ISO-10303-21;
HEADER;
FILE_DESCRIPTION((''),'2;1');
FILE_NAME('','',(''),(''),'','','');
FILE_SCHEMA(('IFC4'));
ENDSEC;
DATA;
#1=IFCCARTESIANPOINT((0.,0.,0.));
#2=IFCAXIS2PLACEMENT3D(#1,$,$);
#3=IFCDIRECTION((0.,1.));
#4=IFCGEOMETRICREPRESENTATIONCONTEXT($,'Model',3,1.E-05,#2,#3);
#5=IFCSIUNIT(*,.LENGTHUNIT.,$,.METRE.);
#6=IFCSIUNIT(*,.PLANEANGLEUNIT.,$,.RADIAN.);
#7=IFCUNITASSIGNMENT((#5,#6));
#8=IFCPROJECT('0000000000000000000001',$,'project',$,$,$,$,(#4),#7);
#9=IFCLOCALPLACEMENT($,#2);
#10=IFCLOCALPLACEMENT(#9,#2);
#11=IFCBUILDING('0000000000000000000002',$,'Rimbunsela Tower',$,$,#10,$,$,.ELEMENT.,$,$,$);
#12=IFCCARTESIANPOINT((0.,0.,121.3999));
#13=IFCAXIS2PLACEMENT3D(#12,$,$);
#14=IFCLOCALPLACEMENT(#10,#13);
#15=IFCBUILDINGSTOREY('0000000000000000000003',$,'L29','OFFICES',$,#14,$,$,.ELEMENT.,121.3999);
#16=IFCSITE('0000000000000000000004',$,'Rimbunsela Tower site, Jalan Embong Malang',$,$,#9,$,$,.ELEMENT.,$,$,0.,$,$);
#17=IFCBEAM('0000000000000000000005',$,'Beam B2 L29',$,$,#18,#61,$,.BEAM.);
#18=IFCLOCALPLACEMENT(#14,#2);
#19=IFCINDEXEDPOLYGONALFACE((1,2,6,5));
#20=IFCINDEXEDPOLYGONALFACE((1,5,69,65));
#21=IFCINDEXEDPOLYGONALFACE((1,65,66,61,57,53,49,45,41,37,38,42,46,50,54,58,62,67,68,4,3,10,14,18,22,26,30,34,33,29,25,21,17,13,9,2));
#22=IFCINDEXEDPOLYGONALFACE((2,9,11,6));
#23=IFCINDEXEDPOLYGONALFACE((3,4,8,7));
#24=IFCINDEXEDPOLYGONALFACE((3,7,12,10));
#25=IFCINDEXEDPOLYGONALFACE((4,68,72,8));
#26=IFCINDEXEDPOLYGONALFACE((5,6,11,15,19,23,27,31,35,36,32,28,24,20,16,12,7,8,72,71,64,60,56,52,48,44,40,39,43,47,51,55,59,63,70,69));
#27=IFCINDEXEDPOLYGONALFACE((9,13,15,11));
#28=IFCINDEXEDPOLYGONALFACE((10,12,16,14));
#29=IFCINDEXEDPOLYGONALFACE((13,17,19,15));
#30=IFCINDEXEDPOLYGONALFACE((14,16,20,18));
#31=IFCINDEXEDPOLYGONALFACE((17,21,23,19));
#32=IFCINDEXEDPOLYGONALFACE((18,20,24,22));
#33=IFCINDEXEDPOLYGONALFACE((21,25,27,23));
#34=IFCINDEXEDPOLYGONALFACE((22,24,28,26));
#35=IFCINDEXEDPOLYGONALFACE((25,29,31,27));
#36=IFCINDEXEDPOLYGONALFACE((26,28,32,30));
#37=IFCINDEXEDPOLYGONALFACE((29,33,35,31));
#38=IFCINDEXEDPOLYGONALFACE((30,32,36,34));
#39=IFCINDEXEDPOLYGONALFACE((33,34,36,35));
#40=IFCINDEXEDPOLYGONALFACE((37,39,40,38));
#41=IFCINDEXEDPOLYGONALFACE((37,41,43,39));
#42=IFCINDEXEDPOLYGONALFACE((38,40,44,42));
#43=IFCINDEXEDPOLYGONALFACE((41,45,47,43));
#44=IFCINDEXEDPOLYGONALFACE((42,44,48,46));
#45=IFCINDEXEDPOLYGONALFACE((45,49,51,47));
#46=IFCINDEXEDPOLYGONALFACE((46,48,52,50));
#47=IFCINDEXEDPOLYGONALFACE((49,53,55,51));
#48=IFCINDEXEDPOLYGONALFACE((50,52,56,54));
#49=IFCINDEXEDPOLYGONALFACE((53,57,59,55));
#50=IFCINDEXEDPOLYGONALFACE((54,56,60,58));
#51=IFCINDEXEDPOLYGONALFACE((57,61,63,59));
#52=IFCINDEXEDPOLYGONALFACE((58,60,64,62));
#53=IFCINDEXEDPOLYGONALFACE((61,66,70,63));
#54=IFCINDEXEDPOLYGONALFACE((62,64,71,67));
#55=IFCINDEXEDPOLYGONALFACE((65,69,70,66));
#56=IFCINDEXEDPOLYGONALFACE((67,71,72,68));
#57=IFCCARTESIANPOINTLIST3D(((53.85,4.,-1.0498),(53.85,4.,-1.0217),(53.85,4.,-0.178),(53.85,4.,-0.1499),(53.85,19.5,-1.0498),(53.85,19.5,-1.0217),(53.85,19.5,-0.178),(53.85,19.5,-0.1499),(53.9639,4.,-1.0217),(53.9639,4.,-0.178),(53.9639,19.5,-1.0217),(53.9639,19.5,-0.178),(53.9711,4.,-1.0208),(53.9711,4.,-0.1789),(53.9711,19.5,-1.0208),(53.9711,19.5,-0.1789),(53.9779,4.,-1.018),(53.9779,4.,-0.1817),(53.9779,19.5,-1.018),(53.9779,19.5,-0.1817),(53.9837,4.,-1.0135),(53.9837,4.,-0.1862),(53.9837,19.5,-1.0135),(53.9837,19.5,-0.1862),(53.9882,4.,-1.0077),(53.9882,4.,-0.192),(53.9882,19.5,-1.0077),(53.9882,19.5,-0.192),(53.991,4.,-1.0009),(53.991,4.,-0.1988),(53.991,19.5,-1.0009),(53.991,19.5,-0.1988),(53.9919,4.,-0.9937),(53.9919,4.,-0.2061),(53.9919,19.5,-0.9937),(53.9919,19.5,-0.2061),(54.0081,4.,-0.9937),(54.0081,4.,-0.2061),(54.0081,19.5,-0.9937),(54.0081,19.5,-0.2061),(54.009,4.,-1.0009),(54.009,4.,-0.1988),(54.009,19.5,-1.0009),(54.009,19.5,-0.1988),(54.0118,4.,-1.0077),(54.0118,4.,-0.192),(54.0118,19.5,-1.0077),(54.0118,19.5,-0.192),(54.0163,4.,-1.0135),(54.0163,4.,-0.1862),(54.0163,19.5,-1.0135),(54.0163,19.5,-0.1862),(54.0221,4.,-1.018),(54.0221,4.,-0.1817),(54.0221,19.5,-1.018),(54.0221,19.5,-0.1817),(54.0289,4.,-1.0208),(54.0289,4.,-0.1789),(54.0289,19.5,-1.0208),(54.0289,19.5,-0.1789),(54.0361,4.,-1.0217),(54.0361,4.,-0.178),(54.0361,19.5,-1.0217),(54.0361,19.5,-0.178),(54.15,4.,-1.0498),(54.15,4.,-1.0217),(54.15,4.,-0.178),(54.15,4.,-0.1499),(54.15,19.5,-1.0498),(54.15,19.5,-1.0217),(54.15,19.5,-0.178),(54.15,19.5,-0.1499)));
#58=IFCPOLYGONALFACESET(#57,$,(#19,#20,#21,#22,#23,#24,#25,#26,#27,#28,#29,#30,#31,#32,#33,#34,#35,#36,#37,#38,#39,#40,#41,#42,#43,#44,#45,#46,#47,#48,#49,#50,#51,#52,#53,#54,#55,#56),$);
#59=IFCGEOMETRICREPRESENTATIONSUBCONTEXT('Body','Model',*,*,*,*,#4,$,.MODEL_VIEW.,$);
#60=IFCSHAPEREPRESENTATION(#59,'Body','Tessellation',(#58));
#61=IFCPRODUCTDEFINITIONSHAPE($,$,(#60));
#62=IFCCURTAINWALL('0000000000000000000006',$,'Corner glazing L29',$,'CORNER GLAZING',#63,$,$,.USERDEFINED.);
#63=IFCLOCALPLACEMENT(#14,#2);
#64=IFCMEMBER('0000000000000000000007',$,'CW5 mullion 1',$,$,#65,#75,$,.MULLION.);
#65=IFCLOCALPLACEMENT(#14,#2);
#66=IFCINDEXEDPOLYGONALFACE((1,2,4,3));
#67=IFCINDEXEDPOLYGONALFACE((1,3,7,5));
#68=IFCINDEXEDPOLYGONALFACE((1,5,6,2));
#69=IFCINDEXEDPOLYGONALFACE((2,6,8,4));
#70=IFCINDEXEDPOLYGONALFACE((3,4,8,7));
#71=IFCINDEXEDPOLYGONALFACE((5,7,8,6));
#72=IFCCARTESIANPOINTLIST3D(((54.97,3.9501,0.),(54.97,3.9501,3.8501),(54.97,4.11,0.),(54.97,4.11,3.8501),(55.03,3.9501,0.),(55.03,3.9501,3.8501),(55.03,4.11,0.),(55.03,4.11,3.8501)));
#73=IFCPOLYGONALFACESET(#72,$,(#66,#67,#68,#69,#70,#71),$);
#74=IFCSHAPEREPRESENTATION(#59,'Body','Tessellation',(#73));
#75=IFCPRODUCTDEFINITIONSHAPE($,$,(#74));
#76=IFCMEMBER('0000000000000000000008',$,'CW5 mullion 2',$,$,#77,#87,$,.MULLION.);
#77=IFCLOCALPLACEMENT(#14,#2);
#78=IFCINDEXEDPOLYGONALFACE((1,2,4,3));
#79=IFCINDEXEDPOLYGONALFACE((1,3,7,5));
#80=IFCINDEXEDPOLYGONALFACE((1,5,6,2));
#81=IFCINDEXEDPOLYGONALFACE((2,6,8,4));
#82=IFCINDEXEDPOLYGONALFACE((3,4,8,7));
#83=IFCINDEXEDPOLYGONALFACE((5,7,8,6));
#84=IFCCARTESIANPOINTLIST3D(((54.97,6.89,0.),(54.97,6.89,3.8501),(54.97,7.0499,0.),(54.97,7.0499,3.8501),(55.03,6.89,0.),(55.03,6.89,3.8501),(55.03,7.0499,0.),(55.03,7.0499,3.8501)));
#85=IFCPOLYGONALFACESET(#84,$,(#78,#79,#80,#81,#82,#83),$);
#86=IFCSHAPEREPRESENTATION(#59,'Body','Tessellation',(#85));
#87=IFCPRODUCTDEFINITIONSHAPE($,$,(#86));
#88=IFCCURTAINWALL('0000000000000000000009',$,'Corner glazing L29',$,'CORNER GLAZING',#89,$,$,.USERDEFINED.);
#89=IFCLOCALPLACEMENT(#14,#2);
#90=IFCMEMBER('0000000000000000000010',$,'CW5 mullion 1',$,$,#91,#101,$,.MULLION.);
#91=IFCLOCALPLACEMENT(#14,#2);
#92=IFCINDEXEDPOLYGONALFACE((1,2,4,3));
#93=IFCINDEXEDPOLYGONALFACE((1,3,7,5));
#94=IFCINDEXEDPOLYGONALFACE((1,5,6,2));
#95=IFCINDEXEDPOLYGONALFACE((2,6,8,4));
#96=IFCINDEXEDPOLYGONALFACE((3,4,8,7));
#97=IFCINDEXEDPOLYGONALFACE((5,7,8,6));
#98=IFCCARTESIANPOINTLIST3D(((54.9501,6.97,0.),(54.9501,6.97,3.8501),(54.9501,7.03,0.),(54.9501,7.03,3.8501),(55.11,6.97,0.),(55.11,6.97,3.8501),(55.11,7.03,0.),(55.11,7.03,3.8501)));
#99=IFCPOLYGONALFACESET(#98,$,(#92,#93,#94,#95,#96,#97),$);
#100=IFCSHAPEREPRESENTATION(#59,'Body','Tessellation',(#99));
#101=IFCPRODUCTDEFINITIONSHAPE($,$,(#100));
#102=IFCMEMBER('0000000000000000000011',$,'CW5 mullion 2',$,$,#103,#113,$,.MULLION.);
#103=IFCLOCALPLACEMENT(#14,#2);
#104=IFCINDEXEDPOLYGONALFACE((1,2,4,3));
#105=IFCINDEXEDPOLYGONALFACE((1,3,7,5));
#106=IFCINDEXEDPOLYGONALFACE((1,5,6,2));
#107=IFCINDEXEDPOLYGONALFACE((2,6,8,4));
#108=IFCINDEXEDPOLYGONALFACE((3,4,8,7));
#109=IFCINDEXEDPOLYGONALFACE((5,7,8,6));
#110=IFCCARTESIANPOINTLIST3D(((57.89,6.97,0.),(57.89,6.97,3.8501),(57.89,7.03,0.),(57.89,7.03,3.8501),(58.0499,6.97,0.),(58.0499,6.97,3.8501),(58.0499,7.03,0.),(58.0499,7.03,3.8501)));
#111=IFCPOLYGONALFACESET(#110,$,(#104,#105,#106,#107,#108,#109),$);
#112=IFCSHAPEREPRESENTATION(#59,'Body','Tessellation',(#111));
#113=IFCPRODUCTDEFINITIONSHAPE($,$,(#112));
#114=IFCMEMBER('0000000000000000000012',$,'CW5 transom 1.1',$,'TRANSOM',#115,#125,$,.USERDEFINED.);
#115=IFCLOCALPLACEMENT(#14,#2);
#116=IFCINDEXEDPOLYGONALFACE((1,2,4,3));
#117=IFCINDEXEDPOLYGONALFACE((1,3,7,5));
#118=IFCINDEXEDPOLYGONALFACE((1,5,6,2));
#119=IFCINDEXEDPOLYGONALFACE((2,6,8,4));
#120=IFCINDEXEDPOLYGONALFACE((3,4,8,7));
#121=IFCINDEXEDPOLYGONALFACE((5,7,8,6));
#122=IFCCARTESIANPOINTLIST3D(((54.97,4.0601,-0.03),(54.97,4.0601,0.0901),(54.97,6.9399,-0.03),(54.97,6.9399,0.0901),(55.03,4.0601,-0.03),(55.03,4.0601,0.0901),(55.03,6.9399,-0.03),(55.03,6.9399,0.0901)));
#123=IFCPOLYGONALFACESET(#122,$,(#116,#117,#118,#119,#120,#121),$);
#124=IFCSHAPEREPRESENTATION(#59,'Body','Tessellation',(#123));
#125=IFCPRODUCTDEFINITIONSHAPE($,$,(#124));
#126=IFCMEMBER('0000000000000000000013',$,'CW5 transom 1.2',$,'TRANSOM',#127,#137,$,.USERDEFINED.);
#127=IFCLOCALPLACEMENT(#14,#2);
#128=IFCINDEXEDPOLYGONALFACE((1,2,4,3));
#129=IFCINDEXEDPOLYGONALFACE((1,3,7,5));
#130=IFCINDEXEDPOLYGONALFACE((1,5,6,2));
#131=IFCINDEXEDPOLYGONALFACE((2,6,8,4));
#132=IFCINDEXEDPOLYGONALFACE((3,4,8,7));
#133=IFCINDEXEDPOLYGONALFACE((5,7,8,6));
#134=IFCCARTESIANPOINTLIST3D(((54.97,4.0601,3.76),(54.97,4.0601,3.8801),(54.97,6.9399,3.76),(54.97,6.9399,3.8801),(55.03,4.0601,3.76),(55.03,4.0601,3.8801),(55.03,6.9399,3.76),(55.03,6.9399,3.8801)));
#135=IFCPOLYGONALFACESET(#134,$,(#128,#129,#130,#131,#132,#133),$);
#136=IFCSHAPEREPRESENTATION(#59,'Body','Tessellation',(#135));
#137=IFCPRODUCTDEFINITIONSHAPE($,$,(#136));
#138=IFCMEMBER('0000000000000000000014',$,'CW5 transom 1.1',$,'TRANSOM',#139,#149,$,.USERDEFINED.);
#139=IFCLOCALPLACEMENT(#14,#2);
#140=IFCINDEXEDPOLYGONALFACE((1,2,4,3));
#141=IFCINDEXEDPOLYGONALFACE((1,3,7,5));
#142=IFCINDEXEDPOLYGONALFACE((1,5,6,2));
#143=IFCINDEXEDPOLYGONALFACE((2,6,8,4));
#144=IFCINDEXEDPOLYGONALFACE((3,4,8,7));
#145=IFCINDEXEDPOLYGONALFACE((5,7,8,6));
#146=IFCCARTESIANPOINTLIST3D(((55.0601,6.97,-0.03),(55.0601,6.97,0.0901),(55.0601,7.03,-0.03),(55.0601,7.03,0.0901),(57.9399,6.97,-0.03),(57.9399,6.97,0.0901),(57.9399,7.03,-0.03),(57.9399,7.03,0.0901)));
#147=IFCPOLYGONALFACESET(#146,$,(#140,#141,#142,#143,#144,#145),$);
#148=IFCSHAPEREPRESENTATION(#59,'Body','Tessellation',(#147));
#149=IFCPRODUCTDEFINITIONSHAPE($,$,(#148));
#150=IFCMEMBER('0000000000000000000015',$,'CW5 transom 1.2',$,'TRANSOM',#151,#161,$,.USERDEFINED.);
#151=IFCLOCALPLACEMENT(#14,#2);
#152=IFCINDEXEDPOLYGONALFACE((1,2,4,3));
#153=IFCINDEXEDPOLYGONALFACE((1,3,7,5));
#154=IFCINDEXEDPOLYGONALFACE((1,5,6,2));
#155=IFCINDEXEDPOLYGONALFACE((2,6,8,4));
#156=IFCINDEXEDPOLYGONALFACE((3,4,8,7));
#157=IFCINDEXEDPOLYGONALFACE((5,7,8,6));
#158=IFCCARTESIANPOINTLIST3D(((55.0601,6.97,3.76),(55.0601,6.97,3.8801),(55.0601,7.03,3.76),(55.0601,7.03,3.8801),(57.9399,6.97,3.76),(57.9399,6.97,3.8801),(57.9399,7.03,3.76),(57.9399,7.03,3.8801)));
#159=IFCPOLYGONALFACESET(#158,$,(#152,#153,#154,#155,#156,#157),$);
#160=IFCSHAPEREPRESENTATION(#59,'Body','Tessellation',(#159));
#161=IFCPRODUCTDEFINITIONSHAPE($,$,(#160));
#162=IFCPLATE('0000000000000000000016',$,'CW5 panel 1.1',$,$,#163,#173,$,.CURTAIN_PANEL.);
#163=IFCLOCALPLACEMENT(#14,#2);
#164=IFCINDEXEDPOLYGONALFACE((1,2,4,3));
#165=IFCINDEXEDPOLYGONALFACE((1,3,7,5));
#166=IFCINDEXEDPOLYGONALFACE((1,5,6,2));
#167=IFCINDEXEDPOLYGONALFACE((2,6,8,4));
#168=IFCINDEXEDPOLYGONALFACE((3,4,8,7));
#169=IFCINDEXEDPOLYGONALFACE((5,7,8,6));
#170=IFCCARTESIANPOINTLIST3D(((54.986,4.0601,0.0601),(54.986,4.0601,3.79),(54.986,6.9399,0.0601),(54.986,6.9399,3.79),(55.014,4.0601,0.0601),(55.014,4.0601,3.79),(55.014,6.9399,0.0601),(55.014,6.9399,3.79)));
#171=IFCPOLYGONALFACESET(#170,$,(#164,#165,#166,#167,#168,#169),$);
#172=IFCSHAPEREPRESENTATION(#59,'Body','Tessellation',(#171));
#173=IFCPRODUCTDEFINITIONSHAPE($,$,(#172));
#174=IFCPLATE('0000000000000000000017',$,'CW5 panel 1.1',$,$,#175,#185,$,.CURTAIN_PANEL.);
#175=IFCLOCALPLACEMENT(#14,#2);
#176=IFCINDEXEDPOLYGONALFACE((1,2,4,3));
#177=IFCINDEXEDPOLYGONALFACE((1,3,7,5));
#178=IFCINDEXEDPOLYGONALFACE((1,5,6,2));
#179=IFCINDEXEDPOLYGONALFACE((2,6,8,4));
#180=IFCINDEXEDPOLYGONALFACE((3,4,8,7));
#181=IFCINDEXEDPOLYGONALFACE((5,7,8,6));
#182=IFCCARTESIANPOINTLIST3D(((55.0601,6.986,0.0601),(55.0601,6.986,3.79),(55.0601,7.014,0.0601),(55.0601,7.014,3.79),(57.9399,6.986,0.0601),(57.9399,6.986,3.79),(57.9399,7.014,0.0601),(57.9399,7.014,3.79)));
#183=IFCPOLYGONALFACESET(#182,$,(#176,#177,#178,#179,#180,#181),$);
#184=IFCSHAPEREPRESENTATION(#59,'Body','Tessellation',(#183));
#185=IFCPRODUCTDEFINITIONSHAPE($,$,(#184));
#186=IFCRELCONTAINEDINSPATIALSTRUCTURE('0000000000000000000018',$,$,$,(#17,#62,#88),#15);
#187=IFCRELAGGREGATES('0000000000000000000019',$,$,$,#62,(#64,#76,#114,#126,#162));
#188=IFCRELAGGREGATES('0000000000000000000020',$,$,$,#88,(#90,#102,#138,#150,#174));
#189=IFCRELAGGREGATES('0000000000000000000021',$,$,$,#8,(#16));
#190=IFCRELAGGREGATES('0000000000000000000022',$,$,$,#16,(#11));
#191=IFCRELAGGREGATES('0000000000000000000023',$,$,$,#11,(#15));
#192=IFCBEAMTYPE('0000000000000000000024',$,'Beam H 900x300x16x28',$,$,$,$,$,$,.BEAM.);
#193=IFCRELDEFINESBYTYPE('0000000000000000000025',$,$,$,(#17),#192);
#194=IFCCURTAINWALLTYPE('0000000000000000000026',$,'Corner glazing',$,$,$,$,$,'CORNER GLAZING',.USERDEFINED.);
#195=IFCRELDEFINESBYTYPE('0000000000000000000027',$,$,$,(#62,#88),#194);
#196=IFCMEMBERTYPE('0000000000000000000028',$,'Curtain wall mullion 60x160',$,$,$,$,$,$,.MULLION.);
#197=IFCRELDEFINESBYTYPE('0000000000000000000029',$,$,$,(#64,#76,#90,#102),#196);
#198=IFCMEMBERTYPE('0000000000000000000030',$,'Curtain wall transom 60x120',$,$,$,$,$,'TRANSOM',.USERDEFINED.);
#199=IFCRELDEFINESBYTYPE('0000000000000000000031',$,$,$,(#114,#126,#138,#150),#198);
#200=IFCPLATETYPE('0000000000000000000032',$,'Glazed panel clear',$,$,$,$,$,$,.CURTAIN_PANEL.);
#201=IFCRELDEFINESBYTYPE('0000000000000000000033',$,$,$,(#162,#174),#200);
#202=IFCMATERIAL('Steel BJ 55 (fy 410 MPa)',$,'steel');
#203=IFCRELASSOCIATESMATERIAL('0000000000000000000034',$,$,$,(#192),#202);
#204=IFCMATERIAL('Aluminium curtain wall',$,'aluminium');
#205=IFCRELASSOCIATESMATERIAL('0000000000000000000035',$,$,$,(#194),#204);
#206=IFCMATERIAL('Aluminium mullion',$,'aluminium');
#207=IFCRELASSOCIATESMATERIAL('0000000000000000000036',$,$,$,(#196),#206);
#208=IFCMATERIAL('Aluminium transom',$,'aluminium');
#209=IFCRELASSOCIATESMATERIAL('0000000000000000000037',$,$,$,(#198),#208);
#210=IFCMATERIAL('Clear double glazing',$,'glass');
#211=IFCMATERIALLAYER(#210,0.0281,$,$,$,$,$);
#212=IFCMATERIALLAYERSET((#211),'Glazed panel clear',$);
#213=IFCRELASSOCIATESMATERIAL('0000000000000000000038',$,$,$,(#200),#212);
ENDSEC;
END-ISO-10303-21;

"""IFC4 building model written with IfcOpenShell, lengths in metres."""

from ifc_helpers import new_model, si_unit, direction, frame, origin, origin_2d, place, context, subcontext, project, spatial, rectangle, i_section, extrude, material, layer, layer_set, material_profile, profile_set, type_object, element, aggregate, save


model = new_model("IFC4")

# Units and contexts
model_context = context("Model", 3, precision=1e-05, world=origin(), true_north=direction((0.0, 1.0)))
body_context = subcontext(model_context, "Body", "Model", "MODEL_VIEW")
ifc_project = project(units=[si_unit("LENGTHUNIT", "METRE"), si_unit("PLANEANGLEUNIT", "RADIAN")], contexts=[model_context])

# Site, building, storey
site_placement = place(None, origin())
site = spatial("IfcSite", under=ifc_project, at=site_placement, Name="Rimbunsela Tower site, Jalan Embong Malang", CompositionType="ELEMENT", RefElevation=0.0)
building_placement = place(site_placement, origin())
building = spatial("IfcBuilding", under=site, at=building_placement, Name="Rimbunsela Tower", CompositionType="ELEMENT")
storey_placement = place(building_placement, frame((0.0, 0.0, 121.3999)))
storey = spatial("IfcBuildingStorey", under=building, at=storey_placement, Name="L29", Description="OFFICES", CompositionType="ELEMENT", Elevation=121.3999)

# Beam
ifc_material_1 = material(Name="Steel BJ 55 (fy 410 MPa)", Category="steel")
ifc_material_profile_1 = material_profile(ifc_material_1, i_section(OverallWidth=0.3, OverallDepth=0.8999, WebThickness=0.0161, FlangeThickness=0.0281, FilletRadius=0.0281, at=origin_2d()), Name="H 900x300x16x28")
ifc_profile_set_1 = profile_set([ifc_material_profile_1], Name="Steel BJ 55 (fy 410 MPa)")
beam_type_1 = type_object("IfcBeamType", Name="Beam H 900x300x16x28", PredefinedType="BEAM", material=ifc_profile_set_1)
for number, where, z_axis, x_axis, name in (
    (1, (54.0, 4.0, -0.5999), (0.0, 1.0, 0.0), (-1.0, 0.0, 0.0), "Beam B2 L29"),
):
    element("IfcBeam", number, at=place(storey_placement, frame(where, z_axis=z_axis, x_axis=x_axis)), inside=storey, type_object=beam_type_1, Name=name, PredefinedType="BEAM", context=body_context, shape_type="SweptSolid", body=[
        extrude(i_section(OverallWidth=0.3, OverallDepth=0.8999, WebThickness=0.0161, FlangeThickness=0.0281, FilletRadius=0.0281, at=origin_2d()), origin(), (0.0, 0.0, 1.0), 15.5),
    ])

# Curtain walls, members
ifc_material_2 = material(Name="Aluminium curtain wall", Category="aluminium")
curtain_wall_type = type_object("IfcCurtainWallType", Name="Corner glazing", ElementType="CORNER GLAZING", PredefinedType="USERDEFINED", material=ifc_material_2)
curtain_wall_1_placement = place(storey_placement, origin())
curtain_wall_1 = element("IfcCurtainWall", 2, at=curtain_wall_1_placement, inside=storey, type_object=curtain_wall_type, Name="Corner glazing L29", ObjectType="CORNER GLAZING", PredefinedType="USERDEFINED")
ifc_material_3 = material(Name="Aluminium mullion", Category="aluminium")
ifc_material_profile_2 = material_profile(ifc_material_3, rectangle(XDim=0.0601, YDim=0.1599, at=origin_2d()), Name="Mullion 60x160")
ifc_profile_set_2 = profile_set([ifc_material_profile_2], Name="Aluminium mullion")
member_type_1 = type_object("IfcMemberType", Name="Curtain wall mullion 60x160", PredefinedType="MULLION", material=ifc_profile_set_2)
member_1_placement = place(storey_placement, frame((55.0, 4.03, 0.0), z_axis=(0.0, 0.0, 1.0), x_axis=(-1.0, 0.0, 0.0)))
member_1 = element("IfcMember", 3, at=member_1_placement, type_object=member_type_1, Name="CW5 mullion 1", PredefinedType="MULLION", context=body_context, shape_type="SweptSolid", body=[
    extrude(rectangle(XDim=0.0601, YDim=0.1599, at=origin_2d()), origin(), (0.0, 0.0, 1.0), 3.8501),
])
member_2_placement = place(storey_placement, frame((55.0, 6.97, 0.0), z_axis=(0.0, 0.0, 1.0), x_axis=(-1.0, 0.0, 0.0)))
member_2 = element("IfcMember", 4, at=member_2_placement, type_object=member_type_1, Name="CW5 mullion 2", PredefinedType="MULLION", context=body_context, shape_type="SweptSolid", body=[
    extrude(rectangle(XDim=0.0601, YDim=0.1599, at=origin_2d()), origin(), (0.0, 0.0, 1.0), 3.8501),
])
curtain_wall_2_placement = place(storey_placement, origin())
curtain_wall_2 = element("IfcCurtainWall", 5, at=curtain_wall_2_placement, inside=storey, type_object=curtain_wall_type, Name="Corner glazing L29", ObjectType="CORNER GLAZING", PredefinedType="USERDEFINED")
member_3_placement = place(storey_placement, frame((55.03, 7.0, 0.0), z_axis=(0.0, 0.0, 1.0), x_axis=(0.0, 1.0, 0.0)))
member_3 = element("IfcMember", 6, at=member_3_placement, type_object=member_type_1, Name="CW5 mullion 1", PredefinedType="MULLION", context=body_context, shape_type="SweptSolid", body=[
    extrude(rectangle(XDim=0.0601, YDim=0.1599, at=origin_2d()), origin(), (0.0, 0.0, 1.0), 3.8501),
])
member_4_placement = place(storey_placement, frame((57.97, 7.0, 0.0), z_axis=(0.0, 0.0, 1.0), x_axis=(0.0, 1.0, 0.0)))
member_4 = element("IfcMember", 7, at=member_4_placement, type_object=member_type_1, Name="CW5 mullion 2", PredefinedType="MULLION", context=body_context, shape_type="SweptSolid", body=[
    extrude(rectangle(XDim=0.0601, YDim=0.1599, at=origin_2d()), origin(), (0.0, 0.0, 1.0), 3.8501),
])

# Members
ifc_material_4 = material(Name="Aluminium transom", Category="aluminium")
ifc_material_profile_3 = material_profile(ifc_material_4, rectangle(XDim=0.0601, YDim=0.1201, at=origin_2d()), Name="Transom 60x120")
ifc_profile_set_3 = profile_set([ifc_material_profile_3], Name="Aluminium transom")
member_type_2 = type_object("IfcMemberType", Name="Curtain wall transom 60x120", ElementType="TRANSOM", PredefinedType="USERDEFINED", material=ifc_profile_set_3)
member_5_placement = place(storey_placement, frame((55.0, 4.0601, 0.03), z_axis=(0.0, 1.0, 0.0), x_axis=(-1.0, 0.0, 0.0)))
member_5 = element("IfcMember", 8, at=member_5_placement, type_object=member_type_2, Name="CW5 transom 1.1", ObjectType="TRANSOM", PredefinedType="USERDEFINED", context=body_context, shape_type="SweptSolid", body=[
    extrude(rectangle(XDim=0.0601, YDim=0.1201, at=origin_2d()), origin(), (0.0, 0.0, 1.0), 2.8799),
])
member_6_placement = place(storey_placement, frame((55.0, 4.0601, 3.8201), z_axis=(0.0, 1.0, 0.0), x_axis=(-1.0, 0.0, 0.0)))
member_6 = element("IfcMember", 9, at=member_6_placement, type_object=member_type_2, Name="CW5 transom 1.2", ObjectType="TRANSOM", PredefinedType="USERDEFINED", context=body_context, shape_type="SweptSolid", body=[
    extrude(rectangle(XDim=0.0601, YDim=0.1201, at=origin_2d()), origin(), (0.0, 0.0, 1.0), 2.8799),
])
member_7_placement = place(storey_placement, frame((55.0601, 7.0, 0.03), z_axis=(1.0, 0.0, 0.0), x_axis=(0.0, 1.0, 0.0)))
member_7 = element("IfcMember", 10, at=member_7_placement, type_object=member_type_2, Name="CW5 transom 1.1", ObjectType="TRANSOM", PredefinedType="USERDEFINED", context=body_context, shape_type="SweptSolid", body=[
    extrude(rectangle(XDim=0.0601, YDim=0.1201, at=origin_2d()), origin(), (0.0, 0.0, 1.0), 2.8799),
])
member_8_placement = place(storey_placement, frame((55.0601, 7.0, 3.8201), z_axis=(1.0, 0.0, 0.0), x_axis=(0.0, 1.0, 0.0)))
member_8 = element("IfcMember", 11, at=member_8_placement, type_object=member_type_2, Name="CW5 transom 1.2", ObjectType="TRANSOM", PredefinedType="USERDEFINED", context=body_context, shape_type="SweptSolid", body=[
    extrude(rectangle(XDim=0.0601, YDim=0.1201, at=origin_2d()), origin(), (0.0, 0.0, 1.0), 2.8799),
])

# Plates
ifc_material_5 = material(Name="Clear double glazing", Category="glass")
ifc_layer_1 = layer(ifc_material_5, 0.0281)
ifc_layer_set_1 = layer_set([ifc_layer_1], Name="Glazed panel clear")
plate_type = type_object("IfcPlateType", Name="Glazed panel clear", PredefinedType="CURTAIN_PANEL", material=ifc_layer_set_1)
plate_1_placement = place(storey_placement, frame((55.0, 5.5, 0.0601), z_axis=(0.0, 0.0, 1.0), x_axis=(0.0, 1.0, 0.0)))
plate_1 = element("IfcPlate", 12, at=plate_1_placement, type_object=plate_type, Name="CW5 panel 1.1", PredefinedType="CURTAIN_PANEL", context=body_context, shape_type="SweptSolid", body=[
    extrude(rectangle(XDim=2.8799, YDim=0.0281, at=origin_2d()), origin(), (0.0, 0.0, 1.0), 3.73),
])
aggregate(curtain_wall_1, [member_1, member_2, member_5, member_6, plate_1])
plate_2_placement = place(storey_placement, frame((56.5, 7.0, 0.0601), z_axis=(0.0, 0.0, 1.0), x_axis=(1.0, 0.0, 0.0)))
plate_2 = element("IfcPlate", 13, at=plate_2_placement, type_object=plate_type, Name="CW5 panel 1.1", PredefinedType="CURTAIN_PANEL", context=body_context, shape_type="SweptSolid", body=[
    extrude(rectangle(XDim=2.8799, YDim=0.0281, at=origin_2d()), origin(), (0.0, 0.0, 1.0), 3.73),
])
aggregate(curtain_wall_2, [member_3, member_4, member_7, member_8, plate_2])

save(model, "model.ifc")
